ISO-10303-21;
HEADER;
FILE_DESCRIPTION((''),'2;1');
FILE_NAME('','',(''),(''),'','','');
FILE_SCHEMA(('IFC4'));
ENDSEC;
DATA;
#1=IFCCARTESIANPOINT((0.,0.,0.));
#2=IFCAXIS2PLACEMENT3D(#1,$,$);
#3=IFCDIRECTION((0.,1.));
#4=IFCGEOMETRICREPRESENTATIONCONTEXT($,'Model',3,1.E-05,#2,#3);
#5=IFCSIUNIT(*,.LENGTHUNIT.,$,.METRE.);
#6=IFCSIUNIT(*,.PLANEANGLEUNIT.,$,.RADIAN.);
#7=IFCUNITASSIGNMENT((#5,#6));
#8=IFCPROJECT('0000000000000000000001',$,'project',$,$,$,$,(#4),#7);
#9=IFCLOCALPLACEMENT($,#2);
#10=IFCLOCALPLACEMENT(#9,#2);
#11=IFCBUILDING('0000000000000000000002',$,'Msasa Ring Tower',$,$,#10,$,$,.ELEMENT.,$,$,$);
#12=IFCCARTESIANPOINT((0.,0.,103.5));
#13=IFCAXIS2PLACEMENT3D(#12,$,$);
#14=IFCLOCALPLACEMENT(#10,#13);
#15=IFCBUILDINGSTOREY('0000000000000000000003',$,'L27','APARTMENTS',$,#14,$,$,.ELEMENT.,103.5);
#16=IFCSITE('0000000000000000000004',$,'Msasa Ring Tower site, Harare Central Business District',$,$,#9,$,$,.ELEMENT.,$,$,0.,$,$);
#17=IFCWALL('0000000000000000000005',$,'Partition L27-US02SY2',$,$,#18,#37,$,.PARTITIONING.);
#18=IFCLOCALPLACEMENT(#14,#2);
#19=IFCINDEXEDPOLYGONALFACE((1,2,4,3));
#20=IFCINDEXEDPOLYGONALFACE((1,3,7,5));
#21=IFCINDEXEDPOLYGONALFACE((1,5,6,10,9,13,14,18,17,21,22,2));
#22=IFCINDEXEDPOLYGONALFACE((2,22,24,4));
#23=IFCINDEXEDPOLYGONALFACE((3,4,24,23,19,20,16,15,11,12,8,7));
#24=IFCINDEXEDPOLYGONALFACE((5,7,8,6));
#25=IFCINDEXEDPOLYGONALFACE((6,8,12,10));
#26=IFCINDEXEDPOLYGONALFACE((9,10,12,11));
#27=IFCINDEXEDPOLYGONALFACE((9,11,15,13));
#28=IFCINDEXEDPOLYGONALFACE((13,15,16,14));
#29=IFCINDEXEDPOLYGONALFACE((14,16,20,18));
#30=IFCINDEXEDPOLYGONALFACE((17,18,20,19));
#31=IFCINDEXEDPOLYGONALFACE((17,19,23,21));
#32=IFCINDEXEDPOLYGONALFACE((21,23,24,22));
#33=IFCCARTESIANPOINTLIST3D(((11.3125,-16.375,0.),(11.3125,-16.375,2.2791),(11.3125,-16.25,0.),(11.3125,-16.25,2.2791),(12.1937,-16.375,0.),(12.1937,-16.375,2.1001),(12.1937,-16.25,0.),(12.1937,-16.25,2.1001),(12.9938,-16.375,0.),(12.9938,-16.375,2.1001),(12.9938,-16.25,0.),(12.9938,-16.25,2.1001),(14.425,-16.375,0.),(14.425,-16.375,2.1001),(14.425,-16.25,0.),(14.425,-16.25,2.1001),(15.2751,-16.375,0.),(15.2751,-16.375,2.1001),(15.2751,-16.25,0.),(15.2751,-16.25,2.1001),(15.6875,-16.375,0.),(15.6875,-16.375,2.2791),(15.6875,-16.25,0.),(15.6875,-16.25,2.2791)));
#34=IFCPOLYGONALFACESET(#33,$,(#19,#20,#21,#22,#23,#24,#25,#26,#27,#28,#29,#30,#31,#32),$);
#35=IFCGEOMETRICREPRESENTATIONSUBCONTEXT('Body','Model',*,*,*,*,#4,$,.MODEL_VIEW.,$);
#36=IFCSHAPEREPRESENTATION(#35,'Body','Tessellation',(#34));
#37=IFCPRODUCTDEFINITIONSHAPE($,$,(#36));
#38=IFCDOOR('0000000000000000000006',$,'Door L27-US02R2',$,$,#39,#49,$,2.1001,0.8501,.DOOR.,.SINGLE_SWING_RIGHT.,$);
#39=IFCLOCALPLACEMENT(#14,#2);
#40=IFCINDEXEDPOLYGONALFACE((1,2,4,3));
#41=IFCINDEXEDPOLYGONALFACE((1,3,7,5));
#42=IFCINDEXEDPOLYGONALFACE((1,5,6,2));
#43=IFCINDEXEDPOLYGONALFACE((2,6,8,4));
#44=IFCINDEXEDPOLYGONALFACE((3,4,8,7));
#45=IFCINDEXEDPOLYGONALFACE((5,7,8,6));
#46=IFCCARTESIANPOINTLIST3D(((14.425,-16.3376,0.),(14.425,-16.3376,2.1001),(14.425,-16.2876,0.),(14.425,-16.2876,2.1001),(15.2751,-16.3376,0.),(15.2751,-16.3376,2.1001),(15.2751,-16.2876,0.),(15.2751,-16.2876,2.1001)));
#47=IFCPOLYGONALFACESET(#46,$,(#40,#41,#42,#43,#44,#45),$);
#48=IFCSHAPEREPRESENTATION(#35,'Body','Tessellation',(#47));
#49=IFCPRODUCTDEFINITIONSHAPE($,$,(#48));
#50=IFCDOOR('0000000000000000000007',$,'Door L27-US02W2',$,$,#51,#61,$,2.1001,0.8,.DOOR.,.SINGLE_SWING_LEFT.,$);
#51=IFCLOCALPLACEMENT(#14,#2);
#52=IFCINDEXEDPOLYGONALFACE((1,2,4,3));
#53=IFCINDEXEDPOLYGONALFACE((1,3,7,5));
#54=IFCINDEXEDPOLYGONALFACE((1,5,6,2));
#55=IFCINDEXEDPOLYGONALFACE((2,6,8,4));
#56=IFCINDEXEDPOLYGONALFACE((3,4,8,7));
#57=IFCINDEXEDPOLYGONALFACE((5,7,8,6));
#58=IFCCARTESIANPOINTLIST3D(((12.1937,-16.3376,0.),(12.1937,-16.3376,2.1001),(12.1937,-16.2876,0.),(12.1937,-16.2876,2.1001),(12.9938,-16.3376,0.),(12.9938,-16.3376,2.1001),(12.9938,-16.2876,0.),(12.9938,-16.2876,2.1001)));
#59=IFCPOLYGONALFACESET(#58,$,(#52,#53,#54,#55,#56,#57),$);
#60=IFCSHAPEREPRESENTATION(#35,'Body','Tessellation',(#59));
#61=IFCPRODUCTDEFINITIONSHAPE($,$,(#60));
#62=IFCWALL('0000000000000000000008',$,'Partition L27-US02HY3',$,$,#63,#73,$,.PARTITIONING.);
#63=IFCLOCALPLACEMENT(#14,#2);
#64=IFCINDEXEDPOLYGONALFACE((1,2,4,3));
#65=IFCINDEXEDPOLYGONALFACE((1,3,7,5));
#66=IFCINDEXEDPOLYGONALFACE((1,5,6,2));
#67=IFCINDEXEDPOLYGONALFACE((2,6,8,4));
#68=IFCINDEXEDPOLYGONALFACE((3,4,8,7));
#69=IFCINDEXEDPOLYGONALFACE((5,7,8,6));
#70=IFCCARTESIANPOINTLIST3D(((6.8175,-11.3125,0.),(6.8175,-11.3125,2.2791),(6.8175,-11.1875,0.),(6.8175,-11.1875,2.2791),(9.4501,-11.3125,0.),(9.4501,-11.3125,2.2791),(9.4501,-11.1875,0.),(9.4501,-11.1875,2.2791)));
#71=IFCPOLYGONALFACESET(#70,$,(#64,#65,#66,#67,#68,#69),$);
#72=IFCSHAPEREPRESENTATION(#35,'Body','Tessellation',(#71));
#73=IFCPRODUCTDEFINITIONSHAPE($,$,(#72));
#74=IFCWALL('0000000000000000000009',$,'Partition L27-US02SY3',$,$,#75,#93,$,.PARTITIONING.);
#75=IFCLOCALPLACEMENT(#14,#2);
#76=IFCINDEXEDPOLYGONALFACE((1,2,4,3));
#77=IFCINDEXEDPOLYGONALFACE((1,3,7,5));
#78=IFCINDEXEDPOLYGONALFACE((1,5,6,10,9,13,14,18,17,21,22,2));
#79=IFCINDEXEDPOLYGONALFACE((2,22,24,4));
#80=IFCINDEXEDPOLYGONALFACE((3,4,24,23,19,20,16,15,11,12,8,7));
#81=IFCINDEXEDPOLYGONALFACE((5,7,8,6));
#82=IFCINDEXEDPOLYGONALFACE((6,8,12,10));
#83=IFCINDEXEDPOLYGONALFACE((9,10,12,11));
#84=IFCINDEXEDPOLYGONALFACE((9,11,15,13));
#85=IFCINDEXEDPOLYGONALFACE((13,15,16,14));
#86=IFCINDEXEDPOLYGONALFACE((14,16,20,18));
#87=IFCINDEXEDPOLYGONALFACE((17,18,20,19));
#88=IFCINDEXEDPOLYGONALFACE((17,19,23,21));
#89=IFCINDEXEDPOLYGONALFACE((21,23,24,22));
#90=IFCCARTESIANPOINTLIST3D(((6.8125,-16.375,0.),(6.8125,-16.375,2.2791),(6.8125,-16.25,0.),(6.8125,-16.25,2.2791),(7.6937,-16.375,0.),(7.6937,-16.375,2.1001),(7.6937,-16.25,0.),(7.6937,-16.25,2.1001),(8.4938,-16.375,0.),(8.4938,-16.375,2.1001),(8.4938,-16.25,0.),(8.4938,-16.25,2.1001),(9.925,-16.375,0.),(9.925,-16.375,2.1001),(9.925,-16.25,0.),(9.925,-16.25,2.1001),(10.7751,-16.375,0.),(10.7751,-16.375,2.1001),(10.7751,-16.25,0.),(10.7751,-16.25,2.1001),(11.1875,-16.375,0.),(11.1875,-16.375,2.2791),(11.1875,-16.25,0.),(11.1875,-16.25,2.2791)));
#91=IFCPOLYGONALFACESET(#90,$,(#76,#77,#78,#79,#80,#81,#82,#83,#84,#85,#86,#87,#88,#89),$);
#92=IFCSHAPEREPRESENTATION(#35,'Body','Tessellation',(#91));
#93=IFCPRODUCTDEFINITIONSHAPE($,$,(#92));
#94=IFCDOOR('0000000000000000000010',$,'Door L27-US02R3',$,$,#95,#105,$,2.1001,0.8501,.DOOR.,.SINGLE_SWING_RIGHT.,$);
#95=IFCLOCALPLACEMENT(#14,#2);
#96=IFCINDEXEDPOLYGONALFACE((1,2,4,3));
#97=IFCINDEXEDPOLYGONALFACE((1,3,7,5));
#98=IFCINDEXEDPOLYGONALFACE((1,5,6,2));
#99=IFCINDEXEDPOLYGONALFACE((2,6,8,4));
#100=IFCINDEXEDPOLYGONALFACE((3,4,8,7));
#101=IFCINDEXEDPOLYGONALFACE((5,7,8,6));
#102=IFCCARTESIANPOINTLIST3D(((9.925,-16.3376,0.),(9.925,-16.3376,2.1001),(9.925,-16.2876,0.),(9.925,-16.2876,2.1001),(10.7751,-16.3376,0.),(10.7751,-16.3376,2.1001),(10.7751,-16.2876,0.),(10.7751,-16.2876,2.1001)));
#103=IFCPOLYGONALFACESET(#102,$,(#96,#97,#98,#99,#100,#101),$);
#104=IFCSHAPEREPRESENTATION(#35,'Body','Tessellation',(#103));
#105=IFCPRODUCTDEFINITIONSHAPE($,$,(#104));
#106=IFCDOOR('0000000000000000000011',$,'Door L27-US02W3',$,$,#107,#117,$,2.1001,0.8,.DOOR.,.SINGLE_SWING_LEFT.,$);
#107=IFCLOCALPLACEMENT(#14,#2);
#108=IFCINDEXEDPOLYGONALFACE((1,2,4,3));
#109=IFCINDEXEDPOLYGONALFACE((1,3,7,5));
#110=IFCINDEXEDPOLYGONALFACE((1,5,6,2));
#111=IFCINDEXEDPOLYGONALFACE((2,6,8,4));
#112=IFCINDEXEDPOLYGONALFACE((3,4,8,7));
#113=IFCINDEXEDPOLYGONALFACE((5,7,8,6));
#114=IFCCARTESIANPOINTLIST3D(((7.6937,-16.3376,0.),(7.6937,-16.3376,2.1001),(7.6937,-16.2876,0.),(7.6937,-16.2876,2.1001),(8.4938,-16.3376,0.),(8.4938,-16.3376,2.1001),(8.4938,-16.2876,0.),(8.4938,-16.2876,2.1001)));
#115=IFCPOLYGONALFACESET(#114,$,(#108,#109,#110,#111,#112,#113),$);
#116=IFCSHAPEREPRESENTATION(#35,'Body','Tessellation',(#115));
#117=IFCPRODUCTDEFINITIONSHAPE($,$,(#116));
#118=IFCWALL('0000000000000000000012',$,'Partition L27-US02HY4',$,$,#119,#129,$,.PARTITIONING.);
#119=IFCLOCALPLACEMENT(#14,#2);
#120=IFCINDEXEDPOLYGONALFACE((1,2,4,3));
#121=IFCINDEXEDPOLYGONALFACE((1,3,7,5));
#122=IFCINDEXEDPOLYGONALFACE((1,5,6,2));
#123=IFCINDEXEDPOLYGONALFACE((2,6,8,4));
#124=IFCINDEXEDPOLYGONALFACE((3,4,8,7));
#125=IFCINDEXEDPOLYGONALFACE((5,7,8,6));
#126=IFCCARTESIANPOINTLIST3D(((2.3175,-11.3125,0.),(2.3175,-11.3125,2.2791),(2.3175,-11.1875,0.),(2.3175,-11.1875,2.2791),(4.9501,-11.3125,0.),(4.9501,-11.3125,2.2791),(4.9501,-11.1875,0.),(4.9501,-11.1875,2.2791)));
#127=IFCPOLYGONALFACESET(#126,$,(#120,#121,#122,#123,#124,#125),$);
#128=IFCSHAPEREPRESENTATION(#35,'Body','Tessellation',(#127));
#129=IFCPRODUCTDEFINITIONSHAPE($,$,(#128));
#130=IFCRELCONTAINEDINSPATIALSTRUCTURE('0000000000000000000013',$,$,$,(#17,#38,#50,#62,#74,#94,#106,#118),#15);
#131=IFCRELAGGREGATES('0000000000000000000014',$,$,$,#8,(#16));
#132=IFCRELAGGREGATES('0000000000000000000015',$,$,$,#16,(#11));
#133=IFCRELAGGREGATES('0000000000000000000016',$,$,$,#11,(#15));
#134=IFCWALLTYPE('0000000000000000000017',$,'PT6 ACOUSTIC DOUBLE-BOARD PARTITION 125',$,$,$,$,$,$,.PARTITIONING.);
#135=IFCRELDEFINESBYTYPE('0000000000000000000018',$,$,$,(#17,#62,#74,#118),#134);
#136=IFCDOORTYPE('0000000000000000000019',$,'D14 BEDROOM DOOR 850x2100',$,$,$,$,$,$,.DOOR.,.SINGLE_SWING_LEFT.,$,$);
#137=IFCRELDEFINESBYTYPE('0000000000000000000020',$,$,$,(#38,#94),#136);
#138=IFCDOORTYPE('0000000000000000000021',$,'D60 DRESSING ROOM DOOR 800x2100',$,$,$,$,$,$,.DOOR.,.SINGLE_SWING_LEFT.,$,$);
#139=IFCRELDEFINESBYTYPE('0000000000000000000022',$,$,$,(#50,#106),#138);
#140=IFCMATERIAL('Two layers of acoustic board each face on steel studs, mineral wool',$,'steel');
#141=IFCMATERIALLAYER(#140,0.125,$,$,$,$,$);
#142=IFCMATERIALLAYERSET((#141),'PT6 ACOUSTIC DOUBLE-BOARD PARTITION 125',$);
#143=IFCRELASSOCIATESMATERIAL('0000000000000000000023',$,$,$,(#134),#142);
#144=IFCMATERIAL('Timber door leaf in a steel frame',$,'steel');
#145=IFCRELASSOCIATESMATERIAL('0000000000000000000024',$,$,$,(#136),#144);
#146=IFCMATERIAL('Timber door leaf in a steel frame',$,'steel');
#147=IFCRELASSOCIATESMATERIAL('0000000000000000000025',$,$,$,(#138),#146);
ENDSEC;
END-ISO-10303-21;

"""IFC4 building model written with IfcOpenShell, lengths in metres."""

from ifc_helpers import new_model, si_unit, direction, frame, frame_2d, origin, place, context, subcontext, project, spatial, rectangle, extrude, material, layer, layer_set, type_object, element, fill, save


model = new_model("IFC4")

# Units and contexts
model_context = context("Model", 3, precision=1e-05, world=origin(), true_north=direction((0.0, 1.0)))
body_context = subcontext(model_context, "Body", "Model", "MODEL_VIEW")
ifc_project = project(units=[si_unit("LENGTHUNIT", "METRE"), si_unit("PLANEANGLEUNIT", "RADIAN")], contexts=[model_context])

# Site, building, storey
site_placement = place(None, origin())
site = spatial("IfcSite", under=ifc_project, at=site_placement, Name="Msasa Ring Tower site, Harare Central Business District", CompositionType="ELEMENT", RefElevation=0.0)
building_placement = place(site_placement, origin())
building = spatial("IfcBuilding", under=site, at=building_placement, Name="Msasa Ring Tower", CompositionType="ELEMENT")
storey_placement = place(building_placement, frame((0.0, 0.0, 103.5)))
storey = spatial("IfcBuildingStorey", under=building, at=storey_placement, Name="L27", Description="APARTMENTS", CompositionType="ELEMENT", Elevation=103.5)

# Shared definitions
ifc_material_1 = material(Name="Two layers of acoustic board each face on steel studs, mineral wool", Category="steel")
ifc_layer_1 = layer(ifc_material_1, 0.125)
ifc_layer_set_1 = layer_set([ifc_layer_1], Name="PT6 ACOUSTIC DOUBLE-BOARD PARTITION 125")
wall_type_1 = type_object("IfcWallType", Name="PT6 ACOUSTIC DOUBLE-BOARD PARTITION 125", PredefinedType="PARTITIONING", material=ifc_layer_set_1)

# Wall, openings, doors
wall_1_placement = place(storey_placement, frame((11.3125, -16.3125, 0.0), z_axis=(0.0, 0.0, 1.0), x_axis=(1.0, 0.0, 0.0)))
wall_1 = element("IfcWall", 1, at=wall_1_placement, inside=storey, type_object=wall_type_1, Name="Partition L27-US02SY2", PredefinedType="PARTITIONING", context=body_context, shape_type="SweptSolid", body=[
    extrude(rectangle(XDim=4.375, YDim=0.125, at=frame_2d((2.1875, 0.0))), origin(), (0.0, 0.0, 1.0), 2.2791),
])
opening_1_placement = place(wall_1_placement, frame((3.1125, 0.0, 0.0)))
opening_1 = element("IfcOpeningElement", 2, at=opening_1_placement, cuts=wall_1, PredefinedType="OPENING", context=body_context, shape_type="SweptSolid", body=[
    extrude(rectangle(XDim=0.8501, YDim=2.1001, at=frame_2d((0.425, 1.05))), frame((0.0, 0.0725, 0.0), z_axis=(0.0, -1.0, 0.0), x_axis=(1.0, 0.0, 0.0)), (0.0, 0.0, 1.0), 0.145),
])
opening_2_placement = place(wall_1_placement, frame((0.8813, 0.0, 0.0)))
opening_2 = element("IfcOpeningElement", 3, at=opening_2_placement, cuts=wall_1, PredefinedType="OPENING", context=body_context, shape_type="SweptSolid", body=[
    extrude(rectangle(XDim=0.8, YDim=2.1001, at=frame_2d((0.3999, 1.05))), frame((0.0, 0.0725, 0.0), z_axis=(0.0, -1.0, 0.0), x_axis=(1.0, 0.0, 0.0)), (0.0, 0.0, 1.0), 0.145),
])
ifc_material_2 = material(Name="Timber door leaf in a steel frame", Category="steel")
door_type_1 = type_object("IfcDoorType", Name="D14 BEDROOM DOOR 850x2100", OperationType="SINGLE_SWING_LEFT", PredefinedType="DOOR", material=ifc_material_2)
door_1_placement = place(opening_1_placement, origin())
door_1 = element("IfcDoor", 4, at=door_1_placement, inside=storey, type_object=door_type_1, Name="Door L27-US02R2", OperationType="SINGLE_SWING_RIGHT", OverallHeight=2.1001, OverallWidth=0.8501, PredefinedType="DOOR", context=body_context, shape_type="SweptSolid", body=[
    extrude(rectangle(XDim=0.8501, YDim=2.1001, at=frame_2d((0.425, 1.05))), frame((0.0, 0.0249, 0.0), z_axis=(0.0, -1.0, 0.0), x_axis=(1.0, 0.0, 0.0)), (0.0, 0.0, 1.0), 0.05),
])
fill(opening_1, door_1)
ifc_material_3 = material(Name="Timber door leaf in a steel frame", Category="steel")
door_type_2 = type_object("IfcDoorType", Name="D60 DRESSING ROOM DOOR 800x2100", OperationType="SINGLE_SWING_LEFT", PredefinedType="DOOR", material=ifc_material_3)
door_2_placement = place(opening_2_placement, origin())
door_2 = element("IfcDoor", 5, at=door_2_placement, inside=storey, type_object=door_type_2, Name="Door L27-US02W2", OperationType="SINGLE_SWING_LEFT", OverallHeight=2.1001, OverallWidth=0.8, PredefinedType="DOOR", context=body_context, shape_type="SweptSolid", body=[
    extrude(rectangle(XDim=0.8, YDim=2.1001, at=frame_2d((0.3999, 1.05))), frame((0.0, 0.0249, 0.0), z_axis=(0.0, -1.0, 0.0), x_axis=(1.0, 0.0, 0.0)), (0.0, 0.0, 1.0), 0.05),
])
fill(opening_2, door_2)

# Wall
wall_2_placement = place(storey_placement, frame((6.8174, -11.25, 0.0), z_axis=(0.0, 0.0, 1.0), x_axis=(1.0, 0.0, 0.0)))
element("IfcWall", 6, at=wall_2_placement, inside=storey, type_object=wall_type_1, Name="Partition L27-US02HY3", PredefinedType="PARTITIONING", context=body_context, shape_type="SweptSolid", body=[
    extrude(rectangle(XDim=2.6326, YDim=0.125, at=frame_2d((1.3164, 0.0))), origin(), (0.0, 0.0, 1.0), 2.2791),
])

# Wall, openings, doors
wall_3_placement = place(storey_placement, frame((6.8125, -16.3125, 0.0), z_axis=(0.0, 0.0, 1.0), x_axis=(1.0, 0.0, 0.0)))
wall_3 = element("IfcWall", 7, at=wall_3_placement, inside=storey, type_object=wall_type_1, Name="Partition L27-US02SY3", PredefinedType="PARTITIONING", context=body_context, shape_type="SweptSolid", body=[
    extrude(rectangle(XDim=4.375, YDim=0.125, at=frame_2d((2.1875, 0.0))), origin(), (0.0, 0.0, 1.0), 2.2791),
])
opening_3_placement = place(wall_3_placement, frame((3.1125, 0.0, 0.0)))
opening_3 = element("IfcOpeningElement", 8, at=opening_3_placement, cuts=wall_3, PredefinedType="OPENING", context=body_context, shape_type="SweptSolid", body=[
    extrude(rectangle(XDim=0.8501, YDim=2.1001, at=frame_2d((0.425, 1.05))), frame((0.0, 0.0725, 0.0), z_axis=(0.0, -1.0, 0.0), x_axis=(1.0, 0.0, 0.0)), (0.0, 0.0, 1.0), 0.145),
])
opening_4_placement = place(wall_3_placement, frame((0.8813, 0.0, 0.0)))
opening_4 = element("IfcOpeningElement", 9, at=opening_4_placement, cuts=wall_3, PredefinedType="OPENING", context=body_context, shape_type="SweptSolid", body=[
    extrude(rectangle(XDim=0.8, YDim=2.1001, at=frame_2d((0.3999, 1.05))), frame((0.0, 0.0725, 0.0), z_axis=(0.0, -1.0, 0.0), x_axis=(1.0, 0.0, 0.0)), (0.0, 0.0, 1.0), 0.145),
])
door_3_placement = place(opening_3_placement, origin())
door_3 = element("IfcDoor", 10, at=door_3_placement, inside=storey, type_object=door_type_1, Name="Door L27-US02R3", OperationType="SINGLE_SWING_RIGHT", OverallHeight=2.1001, OverallWidth=0.8501, PredefinedType="DOOR", context=body_context, shape_type="SweptSolid", body=[
    extrude(rectangle(XDim=0.8501, YDim=2.1001, at=frame_2d((0.425, 1.05))), frame((0.0, 0.0249, 0.0), z_axis=(0.0, -1.0, 0.0), x_axis=(1.0, 0.0, 0.0)), (0.0, 0.0, 1.0), 0.05),
])
fill(opening_3, door_3)
door_4_placement = place(opening_4_placement, origin())
door_4 = element("IfcDoor", 11, at=door_4_placement, inside=storey, type_object=door_type_2, Name="Door L27-US02W3", OperationType="SINGLE_SWING_LEFT", OverallHeight=2.1001, OverallWidth=0.8, PredefinedType="DOOR", context=body_context, shape_type="SweptSolid", body=[
    extrude(rectangle(XDim=0.8, YDim=2.1001, at=frame_2d((0.3999, 1.05))), frame((0.0, 0.0249, 0.0), z_axis=(0.0, -1.0, 0.0), x_axis=(1.0, 0.0, 0.0)), (0.0, 0.0, 1.0), 0.05),
])
fill(opening_4, door_4)

# Wall
wall_4_placement = place(storey_placement, frame((2.3174, -11.25, 0.0), z_axis=(0.0, 0.0, 1.0), x_axis=(1.0, 0.0, 0.0)))
element("IfcWall", 12, at=wall_4_placement, inside=storey, type_object=wall_type_1, Name="Partition L27-US02HY4", PredefinedType="PARTITIONING", context=body_context, shape_type="SweptSolid", body=[
    extrude(rectangle(XDim=2.6326, YDim=0.125, at=frame_2d((1.3164, 0.0))), origin(), (0.0, 0.0, 1.0), 2.2791),
])

save(model, "model.ifc")
